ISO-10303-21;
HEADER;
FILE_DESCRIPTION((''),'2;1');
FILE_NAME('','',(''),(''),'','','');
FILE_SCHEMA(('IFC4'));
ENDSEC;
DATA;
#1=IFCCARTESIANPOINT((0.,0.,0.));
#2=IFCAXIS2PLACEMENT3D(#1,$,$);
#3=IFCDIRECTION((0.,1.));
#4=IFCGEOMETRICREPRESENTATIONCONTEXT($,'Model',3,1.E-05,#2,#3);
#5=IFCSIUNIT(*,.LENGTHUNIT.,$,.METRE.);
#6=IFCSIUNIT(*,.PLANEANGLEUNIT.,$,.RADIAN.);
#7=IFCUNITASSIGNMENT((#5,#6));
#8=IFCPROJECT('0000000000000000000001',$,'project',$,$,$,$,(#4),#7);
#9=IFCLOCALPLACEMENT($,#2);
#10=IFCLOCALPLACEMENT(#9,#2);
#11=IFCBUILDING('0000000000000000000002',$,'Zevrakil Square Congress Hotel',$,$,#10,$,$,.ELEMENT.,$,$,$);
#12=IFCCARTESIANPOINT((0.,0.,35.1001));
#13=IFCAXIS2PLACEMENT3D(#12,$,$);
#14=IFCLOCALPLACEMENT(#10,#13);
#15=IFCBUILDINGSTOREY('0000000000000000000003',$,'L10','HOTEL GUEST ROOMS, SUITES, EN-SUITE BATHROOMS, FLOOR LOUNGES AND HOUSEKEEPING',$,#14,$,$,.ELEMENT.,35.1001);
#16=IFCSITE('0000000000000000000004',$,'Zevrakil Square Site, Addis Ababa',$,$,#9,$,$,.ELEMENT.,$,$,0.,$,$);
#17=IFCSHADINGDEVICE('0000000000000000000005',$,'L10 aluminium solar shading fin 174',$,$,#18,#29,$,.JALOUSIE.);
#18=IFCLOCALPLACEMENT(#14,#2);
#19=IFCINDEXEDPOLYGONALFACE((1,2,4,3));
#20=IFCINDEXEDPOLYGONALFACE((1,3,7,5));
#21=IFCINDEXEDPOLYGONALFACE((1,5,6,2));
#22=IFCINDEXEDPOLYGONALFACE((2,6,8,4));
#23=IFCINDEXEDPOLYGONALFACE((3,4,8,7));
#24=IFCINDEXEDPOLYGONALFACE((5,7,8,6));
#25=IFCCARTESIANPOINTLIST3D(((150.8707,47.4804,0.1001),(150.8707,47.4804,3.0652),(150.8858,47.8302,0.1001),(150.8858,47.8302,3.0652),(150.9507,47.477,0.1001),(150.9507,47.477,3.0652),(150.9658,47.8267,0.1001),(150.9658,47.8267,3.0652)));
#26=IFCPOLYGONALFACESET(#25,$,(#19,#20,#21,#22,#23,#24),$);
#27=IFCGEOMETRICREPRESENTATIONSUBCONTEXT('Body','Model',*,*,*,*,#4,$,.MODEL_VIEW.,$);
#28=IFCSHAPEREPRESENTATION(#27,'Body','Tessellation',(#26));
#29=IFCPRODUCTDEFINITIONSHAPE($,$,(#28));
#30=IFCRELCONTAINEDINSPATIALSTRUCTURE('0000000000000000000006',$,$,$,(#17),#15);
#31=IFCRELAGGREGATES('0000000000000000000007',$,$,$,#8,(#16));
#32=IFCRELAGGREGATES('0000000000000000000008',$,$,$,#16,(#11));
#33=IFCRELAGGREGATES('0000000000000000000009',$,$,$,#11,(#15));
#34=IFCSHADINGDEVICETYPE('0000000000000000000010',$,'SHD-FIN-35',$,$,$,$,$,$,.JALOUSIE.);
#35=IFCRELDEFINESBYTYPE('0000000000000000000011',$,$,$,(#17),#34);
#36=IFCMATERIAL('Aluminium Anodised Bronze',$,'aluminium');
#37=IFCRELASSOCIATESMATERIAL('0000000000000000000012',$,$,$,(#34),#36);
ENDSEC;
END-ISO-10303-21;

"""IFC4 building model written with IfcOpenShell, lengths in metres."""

from ifc_helpers import new_model, si_unit, direction, frame, origin, origin_2d, place, context, subcontext, project, spatial, rectangle, extrude, material, type_object, element, save


model = new_model("IFC4")

# Units and contexts
model_context = context("Model", 3, precision=1e-05, world=origin(), true_north=direction((0.0, 1.0)))
body_context = subcontext(model_context, "Body", "Model", "MODEL_VIEW")
ifc_project = project(units=[si_unit("LENGTHUNIT", "METRE"), si_unit("PLANEANGLEUNIT", "RADIAN")], contexts=[model_context])

# Site, building, storey
site_placement = place(None, origin())
site = spatial("IfcSite", under=ifc_project, at=site_placement, Name="Zevrakil Square Site, Addis Ababa", CompositionType="ELEMENT", RefElevation=0.0)
building_placement = place(site_placement, origin())
building = spatial("IfcBuilding", under=site, at=building_placement, Name="Zevrakil Square Congress Hotel", CompositionType="ELEMENT")
storey_placement = place(building_placement, frame((0.0, 0.0, 35.1001)))
storey = spatial("IfcBuildingStorey", under=building, at=storey_placement, Name="L10", Description="HOTEL GUEST ROOMS, SUITES, EN-SUITE BATHROOMS, FLOOR LOUNGES AND HOUSEKEEPING", CompositionType="ELEMENT", Elevation=35.1001)

# Shading device
ifc_material_1 = material(Name="Aluminium Anodised Bronze", Category="aluminium")
shading_device_type = type_object("IfcShadingDeviceType", Name="SHD-FIN-35", PredefinedType="JALOUSIE", material=ifc_material_1)
shading_device_placement = place(storey_placement, frame((150.9182, 47.6536, 0.1001), z_axis=(0.0, 0.0, 1.0), x_axis=(0.043096, 0.999071, 0.0)))
element("IfcShadingDevice", 1, at=shading_device_placement, inside=storey, type_object=shading_device_type, Name="L10 aluminium solar shading fin 174", PredefinedType="JALOUSIE", context=body_context, shape_type="SweptSolid", body=[
    extrude(rectangle(XDim=0.3501, YDim=0.0801, at=origin_2d()), origin(), (0.0, 0.0, 1.0), 2.9651),
])

save(model, "model.ifc")
